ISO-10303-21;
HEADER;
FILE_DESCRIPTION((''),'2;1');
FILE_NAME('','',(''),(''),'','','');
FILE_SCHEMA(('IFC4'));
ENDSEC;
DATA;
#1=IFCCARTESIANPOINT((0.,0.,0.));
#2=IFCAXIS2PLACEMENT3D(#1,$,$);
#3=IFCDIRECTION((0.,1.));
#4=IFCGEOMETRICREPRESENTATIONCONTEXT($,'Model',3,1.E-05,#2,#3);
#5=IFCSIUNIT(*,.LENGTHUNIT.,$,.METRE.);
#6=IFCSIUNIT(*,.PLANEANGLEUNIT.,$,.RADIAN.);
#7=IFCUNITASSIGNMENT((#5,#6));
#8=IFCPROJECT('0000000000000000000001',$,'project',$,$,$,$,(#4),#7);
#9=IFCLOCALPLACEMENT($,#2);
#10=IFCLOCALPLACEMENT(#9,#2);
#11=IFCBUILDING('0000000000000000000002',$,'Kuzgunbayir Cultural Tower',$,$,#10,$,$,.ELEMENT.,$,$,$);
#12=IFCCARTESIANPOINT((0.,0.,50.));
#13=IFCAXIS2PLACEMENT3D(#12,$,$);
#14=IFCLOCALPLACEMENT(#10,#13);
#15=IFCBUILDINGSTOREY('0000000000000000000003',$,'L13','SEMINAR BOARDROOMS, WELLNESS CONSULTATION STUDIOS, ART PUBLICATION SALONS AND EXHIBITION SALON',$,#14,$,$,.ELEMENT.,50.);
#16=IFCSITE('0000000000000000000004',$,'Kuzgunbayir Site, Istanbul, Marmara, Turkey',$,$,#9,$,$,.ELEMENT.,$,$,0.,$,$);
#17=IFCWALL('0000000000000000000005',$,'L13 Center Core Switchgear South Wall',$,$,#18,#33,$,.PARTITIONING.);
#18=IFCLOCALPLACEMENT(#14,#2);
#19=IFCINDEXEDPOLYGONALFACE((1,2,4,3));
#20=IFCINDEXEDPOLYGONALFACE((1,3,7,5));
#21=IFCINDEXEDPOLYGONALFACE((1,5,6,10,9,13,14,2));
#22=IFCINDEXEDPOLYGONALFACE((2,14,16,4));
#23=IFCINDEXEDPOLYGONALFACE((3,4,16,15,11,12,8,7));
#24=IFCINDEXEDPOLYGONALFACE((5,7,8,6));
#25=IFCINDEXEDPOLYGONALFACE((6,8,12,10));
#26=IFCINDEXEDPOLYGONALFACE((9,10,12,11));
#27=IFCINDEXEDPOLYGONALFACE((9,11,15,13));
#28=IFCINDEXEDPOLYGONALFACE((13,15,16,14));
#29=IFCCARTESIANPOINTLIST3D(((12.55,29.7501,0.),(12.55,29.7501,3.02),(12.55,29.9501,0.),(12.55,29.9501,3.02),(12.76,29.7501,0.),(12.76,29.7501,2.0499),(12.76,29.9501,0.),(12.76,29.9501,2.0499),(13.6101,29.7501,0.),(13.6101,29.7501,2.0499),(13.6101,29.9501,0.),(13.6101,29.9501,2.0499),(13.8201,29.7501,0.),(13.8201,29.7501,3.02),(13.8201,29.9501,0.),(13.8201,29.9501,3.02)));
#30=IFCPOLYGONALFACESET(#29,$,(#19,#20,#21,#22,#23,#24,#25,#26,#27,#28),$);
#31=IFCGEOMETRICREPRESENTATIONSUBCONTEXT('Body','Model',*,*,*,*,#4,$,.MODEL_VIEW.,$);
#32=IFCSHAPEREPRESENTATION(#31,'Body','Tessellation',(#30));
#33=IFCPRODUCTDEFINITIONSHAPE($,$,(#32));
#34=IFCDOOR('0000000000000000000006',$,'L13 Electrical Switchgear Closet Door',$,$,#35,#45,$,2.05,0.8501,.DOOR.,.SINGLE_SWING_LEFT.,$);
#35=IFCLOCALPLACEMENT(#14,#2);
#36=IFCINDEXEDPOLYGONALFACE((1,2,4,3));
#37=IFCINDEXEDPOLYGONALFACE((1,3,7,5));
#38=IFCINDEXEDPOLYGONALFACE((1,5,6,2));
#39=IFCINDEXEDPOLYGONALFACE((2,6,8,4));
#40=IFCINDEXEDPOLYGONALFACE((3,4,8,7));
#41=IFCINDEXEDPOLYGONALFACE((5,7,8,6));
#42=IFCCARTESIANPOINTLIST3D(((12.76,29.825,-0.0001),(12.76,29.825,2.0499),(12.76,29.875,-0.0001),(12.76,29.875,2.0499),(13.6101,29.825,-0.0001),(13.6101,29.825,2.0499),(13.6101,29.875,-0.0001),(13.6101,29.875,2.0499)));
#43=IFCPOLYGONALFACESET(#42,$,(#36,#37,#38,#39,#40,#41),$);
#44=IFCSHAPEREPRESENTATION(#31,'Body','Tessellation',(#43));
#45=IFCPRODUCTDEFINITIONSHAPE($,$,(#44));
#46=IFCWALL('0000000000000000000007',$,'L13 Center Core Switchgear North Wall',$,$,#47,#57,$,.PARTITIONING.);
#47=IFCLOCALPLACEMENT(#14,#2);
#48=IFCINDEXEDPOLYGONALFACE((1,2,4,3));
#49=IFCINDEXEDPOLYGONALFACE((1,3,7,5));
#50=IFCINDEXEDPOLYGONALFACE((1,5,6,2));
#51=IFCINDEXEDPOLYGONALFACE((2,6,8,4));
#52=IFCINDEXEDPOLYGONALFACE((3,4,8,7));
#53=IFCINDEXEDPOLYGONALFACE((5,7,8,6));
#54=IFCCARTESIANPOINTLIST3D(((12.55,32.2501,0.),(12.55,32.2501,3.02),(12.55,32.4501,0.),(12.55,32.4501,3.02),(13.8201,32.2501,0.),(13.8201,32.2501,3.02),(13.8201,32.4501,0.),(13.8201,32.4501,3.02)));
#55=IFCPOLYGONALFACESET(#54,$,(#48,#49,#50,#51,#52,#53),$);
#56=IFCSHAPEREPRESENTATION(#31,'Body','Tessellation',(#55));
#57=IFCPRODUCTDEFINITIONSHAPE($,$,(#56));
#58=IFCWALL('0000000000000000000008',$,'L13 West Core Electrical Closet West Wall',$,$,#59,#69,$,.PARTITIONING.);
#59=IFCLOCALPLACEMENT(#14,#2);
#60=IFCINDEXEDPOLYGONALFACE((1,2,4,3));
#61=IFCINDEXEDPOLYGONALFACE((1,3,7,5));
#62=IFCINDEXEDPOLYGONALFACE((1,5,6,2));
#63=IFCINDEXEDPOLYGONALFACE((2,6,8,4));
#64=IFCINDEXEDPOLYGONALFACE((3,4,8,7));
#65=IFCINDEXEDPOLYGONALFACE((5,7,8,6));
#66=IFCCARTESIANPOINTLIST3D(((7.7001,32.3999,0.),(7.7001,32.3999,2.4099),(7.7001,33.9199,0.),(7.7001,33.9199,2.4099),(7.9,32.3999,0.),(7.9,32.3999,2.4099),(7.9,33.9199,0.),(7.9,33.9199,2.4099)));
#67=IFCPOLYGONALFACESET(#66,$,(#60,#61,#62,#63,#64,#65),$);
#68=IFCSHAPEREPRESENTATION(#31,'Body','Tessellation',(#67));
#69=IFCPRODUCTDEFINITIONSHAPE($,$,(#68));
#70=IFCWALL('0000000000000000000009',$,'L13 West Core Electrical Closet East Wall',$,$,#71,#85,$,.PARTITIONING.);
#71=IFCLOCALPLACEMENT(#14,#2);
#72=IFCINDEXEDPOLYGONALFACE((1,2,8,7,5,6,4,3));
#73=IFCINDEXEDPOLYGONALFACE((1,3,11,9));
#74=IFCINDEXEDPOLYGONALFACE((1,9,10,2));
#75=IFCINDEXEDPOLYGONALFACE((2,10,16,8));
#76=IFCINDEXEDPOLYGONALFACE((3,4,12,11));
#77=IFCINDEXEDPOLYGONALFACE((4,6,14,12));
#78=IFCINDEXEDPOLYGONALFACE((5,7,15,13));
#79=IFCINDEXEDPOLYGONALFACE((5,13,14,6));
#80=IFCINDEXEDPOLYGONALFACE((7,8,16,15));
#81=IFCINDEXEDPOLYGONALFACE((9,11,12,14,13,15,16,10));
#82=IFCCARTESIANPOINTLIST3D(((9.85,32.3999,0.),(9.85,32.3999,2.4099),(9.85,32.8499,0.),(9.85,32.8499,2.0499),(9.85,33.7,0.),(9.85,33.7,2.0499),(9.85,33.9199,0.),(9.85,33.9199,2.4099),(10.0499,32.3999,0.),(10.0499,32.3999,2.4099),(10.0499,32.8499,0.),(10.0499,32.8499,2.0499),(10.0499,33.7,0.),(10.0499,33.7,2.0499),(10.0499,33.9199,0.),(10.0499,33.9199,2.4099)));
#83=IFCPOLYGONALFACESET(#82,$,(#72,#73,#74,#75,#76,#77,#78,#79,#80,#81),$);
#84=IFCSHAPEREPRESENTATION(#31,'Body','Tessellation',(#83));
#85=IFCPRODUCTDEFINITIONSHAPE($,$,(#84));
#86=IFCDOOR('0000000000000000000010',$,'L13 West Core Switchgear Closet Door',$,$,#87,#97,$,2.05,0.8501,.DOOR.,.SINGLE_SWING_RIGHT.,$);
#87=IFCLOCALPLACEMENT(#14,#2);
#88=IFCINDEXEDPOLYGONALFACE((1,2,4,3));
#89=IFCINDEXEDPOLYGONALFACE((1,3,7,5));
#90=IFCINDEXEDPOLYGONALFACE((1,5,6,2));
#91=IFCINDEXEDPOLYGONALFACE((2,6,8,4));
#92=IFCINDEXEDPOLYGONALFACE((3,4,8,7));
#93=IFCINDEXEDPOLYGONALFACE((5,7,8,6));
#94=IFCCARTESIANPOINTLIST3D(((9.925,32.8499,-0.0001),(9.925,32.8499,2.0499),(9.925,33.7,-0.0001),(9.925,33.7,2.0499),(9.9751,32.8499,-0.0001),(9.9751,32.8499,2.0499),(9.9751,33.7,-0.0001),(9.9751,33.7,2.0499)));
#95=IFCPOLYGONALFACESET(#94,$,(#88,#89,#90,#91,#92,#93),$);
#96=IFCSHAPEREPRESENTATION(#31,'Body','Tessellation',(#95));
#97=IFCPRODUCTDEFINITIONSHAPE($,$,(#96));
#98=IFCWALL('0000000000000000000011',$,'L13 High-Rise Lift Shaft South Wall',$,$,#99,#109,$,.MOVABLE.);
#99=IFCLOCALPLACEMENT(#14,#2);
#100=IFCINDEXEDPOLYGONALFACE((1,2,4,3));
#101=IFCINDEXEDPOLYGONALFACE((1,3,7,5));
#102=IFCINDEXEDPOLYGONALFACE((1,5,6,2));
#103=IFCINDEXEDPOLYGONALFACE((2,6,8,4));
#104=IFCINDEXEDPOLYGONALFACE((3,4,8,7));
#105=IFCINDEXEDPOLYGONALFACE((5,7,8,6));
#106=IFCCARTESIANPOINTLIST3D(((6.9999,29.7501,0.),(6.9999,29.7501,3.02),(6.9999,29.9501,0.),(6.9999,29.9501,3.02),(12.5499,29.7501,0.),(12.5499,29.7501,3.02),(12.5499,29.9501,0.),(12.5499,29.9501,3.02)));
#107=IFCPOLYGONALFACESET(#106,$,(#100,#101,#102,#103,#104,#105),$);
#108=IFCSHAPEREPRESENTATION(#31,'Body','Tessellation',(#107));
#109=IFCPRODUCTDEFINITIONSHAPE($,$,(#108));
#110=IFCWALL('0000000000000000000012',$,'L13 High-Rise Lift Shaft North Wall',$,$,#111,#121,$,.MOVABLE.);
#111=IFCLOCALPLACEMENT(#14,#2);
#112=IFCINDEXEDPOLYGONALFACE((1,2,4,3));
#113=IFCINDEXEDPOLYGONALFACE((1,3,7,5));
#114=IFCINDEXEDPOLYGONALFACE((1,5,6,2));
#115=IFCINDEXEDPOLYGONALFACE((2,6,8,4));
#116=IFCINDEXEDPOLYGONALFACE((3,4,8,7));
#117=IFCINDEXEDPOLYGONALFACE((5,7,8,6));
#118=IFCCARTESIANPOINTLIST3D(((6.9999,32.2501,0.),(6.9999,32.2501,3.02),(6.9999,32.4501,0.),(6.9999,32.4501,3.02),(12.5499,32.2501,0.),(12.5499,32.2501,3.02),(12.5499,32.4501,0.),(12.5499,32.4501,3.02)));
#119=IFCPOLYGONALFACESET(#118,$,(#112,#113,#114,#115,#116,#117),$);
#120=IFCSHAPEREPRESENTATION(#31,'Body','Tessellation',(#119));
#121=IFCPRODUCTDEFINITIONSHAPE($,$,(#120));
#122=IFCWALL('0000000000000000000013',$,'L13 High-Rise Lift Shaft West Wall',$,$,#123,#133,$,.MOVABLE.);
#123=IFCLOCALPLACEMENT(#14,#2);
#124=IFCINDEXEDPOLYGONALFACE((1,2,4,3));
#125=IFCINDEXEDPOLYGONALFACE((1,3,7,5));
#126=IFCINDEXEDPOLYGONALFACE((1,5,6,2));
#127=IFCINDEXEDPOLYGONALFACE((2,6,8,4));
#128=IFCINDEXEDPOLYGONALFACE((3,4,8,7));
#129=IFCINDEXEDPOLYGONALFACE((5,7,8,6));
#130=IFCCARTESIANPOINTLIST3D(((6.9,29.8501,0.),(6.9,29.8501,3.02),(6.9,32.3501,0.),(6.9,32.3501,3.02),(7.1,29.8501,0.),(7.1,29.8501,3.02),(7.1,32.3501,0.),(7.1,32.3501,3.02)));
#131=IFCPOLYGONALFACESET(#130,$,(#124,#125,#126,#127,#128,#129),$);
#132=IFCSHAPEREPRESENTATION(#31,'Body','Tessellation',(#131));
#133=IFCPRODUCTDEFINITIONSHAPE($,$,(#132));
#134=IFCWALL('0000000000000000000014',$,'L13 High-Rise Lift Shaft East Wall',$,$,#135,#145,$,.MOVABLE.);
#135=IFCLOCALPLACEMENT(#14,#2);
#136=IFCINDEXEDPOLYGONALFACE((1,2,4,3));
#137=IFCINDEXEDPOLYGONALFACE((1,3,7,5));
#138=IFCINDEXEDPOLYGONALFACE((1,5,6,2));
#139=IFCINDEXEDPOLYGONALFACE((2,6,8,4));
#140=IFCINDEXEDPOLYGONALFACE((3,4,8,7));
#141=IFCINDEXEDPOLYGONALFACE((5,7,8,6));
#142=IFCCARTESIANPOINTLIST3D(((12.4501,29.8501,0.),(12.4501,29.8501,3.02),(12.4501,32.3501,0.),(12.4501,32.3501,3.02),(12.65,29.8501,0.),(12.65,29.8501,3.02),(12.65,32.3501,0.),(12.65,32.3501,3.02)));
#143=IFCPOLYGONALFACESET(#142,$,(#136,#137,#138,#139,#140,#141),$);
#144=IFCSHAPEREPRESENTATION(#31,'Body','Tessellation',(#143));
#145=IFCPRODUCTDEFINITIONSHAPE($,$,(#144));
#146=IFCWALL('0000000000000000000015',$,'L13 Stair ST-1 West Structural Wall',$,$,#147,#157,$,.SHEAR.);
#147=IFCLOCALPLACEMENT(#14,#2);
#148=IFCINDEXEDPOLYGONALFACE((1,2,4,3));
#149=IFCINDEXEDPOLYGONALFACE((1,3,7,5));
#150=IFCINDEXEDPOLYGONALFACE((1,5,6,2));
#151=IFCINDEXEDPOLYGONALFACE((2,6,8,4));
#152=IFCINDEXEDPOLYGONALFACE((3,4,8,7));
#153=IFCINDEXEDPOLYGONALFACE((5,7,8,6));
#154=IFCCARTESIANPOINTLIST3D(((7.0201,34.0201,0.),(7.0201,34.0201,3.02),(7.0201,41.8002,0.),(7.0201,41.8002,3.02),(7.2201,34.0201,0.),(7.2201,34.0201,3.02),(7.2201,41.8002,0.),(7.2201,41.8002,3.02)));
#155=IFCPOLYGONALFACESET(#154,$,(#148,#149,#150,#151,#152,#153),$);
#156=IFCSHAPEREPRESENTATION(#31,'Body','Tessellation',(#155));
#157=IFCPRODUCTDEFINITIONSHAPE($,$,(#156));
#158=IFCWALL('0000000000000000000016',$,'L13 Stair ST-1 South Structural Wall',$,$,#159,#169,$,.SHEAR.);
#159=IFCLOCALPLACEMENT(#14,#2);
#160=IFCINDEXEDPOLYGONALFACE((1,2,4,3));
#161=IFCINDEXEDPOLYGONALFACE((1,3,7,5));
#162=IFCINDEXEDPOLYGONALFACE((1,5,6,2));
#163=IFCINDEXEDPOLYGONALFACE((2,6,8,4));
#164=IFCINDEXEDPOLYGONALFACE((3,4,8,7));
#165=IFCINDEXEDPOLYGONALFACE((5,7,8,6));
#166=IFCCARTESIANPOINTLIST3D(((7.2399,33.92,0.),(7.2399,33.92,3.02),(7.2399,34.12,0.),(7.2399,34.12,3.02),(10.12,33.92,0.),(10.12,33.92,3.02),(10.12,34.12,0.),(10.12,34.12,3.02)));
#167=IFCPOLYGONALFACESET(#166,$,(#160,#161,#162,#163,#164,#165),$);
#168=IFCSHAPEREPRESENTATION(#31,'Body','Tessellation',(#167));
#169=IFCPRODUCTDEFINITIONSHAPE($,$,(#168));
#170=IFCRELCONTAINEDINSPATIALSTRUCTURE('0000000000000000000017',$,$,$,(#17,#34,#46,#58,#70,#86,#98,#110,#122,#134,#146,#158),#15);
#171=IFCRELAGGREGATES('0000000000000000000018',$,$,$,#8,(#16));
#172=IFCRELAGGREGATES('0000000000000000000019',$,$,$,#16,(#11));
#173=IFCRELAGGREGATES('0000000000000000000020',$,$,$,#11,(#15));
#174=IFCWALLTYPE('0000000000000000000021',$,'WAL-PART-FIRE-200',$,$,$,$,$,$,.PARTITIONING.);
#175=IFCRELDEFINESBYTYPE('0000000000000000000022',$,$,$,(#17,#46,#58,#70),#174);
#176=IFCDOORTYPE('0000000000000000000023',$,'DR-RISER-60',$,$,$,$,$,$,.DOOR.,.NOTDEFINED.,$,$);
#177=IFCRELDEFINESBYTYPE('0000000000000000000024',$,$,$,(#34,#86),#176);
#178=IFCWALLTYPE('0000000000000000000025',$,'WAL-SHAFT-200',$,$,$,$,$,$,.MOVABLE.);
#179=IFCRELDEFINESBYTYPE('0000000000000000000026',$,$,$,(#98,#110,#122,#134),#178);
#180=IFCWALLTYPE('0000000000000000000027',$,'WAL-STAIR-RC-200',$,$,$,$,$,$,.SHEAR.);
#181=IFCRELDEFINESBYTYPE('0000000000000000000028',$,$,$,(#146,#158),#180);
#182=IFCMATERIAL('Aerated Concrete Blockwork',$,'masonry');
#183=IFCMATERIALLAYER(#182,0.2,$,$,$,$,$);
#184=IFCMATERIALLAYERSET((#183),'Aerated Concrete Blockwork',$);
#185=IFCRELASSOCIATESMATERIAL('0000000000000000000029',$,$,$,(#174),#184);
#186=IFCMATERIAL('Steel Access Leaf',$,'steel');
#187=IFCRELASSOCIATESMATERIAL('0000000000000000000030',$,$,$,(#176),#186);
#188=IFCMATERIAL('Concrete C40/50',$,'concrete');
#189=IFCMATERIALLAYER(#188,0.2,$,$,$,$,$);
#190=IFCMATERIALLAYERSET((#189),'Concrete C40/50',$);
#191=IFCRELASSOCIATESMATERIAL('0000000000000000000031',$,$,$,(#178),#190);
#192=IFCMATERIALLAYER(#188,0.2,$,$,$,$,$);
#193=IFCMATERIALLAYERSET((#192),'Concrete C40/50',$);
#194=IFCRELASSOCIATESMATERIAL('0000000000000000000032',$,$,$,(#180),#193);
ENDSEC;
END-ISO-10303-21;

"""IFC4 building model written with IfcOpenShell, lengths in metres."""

from ifc_helpers import new_model, si_unit, direction, frame, frame_2d, origin, place, context, subcontext, project, spatial, rectangle, extrude, material, layer, layer_set, type_object, element, fill, save


model = new_model("IFC4")

# Units and contexts
model_context = context("Model", 3, precision=1e-05, world=origin(), true_north=direction((0.0, 1.0)))
body_context = subcontext(model_context, "Body", "Model", "MODEL_VIEW")
ifc_project = project(units=[si_unit("LENGTHUNIT", "METRE"), si_unit("PLANEANGLEUNIT", "RADIAN")], contexts=[model_context])

# Site, building, storey
site_placement = place(None, origin())
site = spatial("IfcSite", under=ifc_project, at=site_placement, Name="Kuzgunbayir Site, Istanbul, Marmara, Turkey", CompositionType="ELEMENT", RefElevation=0.0)
building_placement = place(site_placement, origin())
building = spatial("IfcBuilding", under=site, at=building_placement, Name="Kuzgunbayir Cultural Tower", CompositionType="ELEMENT")
storey_placement = place(building_placement, frame((0.0, 0.0, 50.0)))
storey = spatial("IfcBuildingStorey", under=building, at=storey_placement, Name="L13", Description="SEMINAR BOARDROOMS, WELLNESS CONSULTATION STUDIOS, ART PUBLICATION SALONS AND EXHIBITION SALON", CompositionType="ELEMENT", Elevation=50.0)

# Shared definitions
ifc_material_1 = material(Name="Aerated Concrete Blockwork", Category="masonry")
ifc_layer_1 = layer(ifc_material_1, 0.2)
ifc_layer_set_1 = layer_set([ifc_layer_1], Name="Aerated Concrete Blockwork")
wall_type_1 = type_object("IfcWallType", Name="WAL-PART-FIRE-200", PredefinedType="PARTITIONING", material=ifc_layer_set_1)

# Wall, opening, door
wall_1_placement = place(storey_placement, frame((12.55, 29.8501, 0.0), z_axis=(0.0, 0.0, 1.0), x_axis=(1.0, 0.0, 0.0)))
wall_1 = element("IfcWall", 1, at=wall_1_placement, inside=storey, type_object=wall_type_1, Name="L13 Center Core Switchgear South Wall", PredefinedType="PARTITIONING", context=body_context, shape_type="SweptSolid", body=[
    extrude(rectangle(XDim=1.27, YDim=0.2, at=frame_2d((0.635, 0.0))), origin(), (0.0, 0.0, 1.0), 3.02),
])
opening_1_placement = place(wall_1_placement, frame((0.21, 0.0, 0.0)))
opening_1 = element("IfcOpeningElement", 2, at=opening_1_placement, cuts=wall_1, PredefinedType="OPENING", context=body_context, shape_type="SweptSolid", body=[
    extrude(rectangle(XDim=0.8501, YDim=2.05, at=frame_2d((0.425, 1.0249))), frame((0.0, 0.1099, 0.0), z_axis=(0.0, -1.0, 0.0), x_axis=(1.0, 0.0, 0.0)), (0.0, 0.0, 1.0), 0.22),
])
ifc_material_2 = material(Name="Steel Access Leaf", Category="steel")
door_type_1 = type_object("IfcDoorType", Name="DR-RISER-60", OperationType="NOTDEFINED", PredefinedType="DOOR", material=ifc_material_2)
door_1_placement = place(opening_1_placement, origin())
door_1 = element("IfcDoor", 3, at=door_1_placement, inside=storey, type_object=door_type_1, Name="L13 Electrical Switchgear Closet Door", OperationType="SINGLE_SWING_LEFT", OverallHeight=2.05, OverallWidth=0.8501, PredefinedType="DOOR", context=body_context, shape_type="SweptSolid", body=[
    extrude(rectangle(XDim=0.8501, YDim=2.05, at=frame_2d((0.425, 1.0249))), frame((0.0, 0.0249, 0.0), z_axis=(0.0, -1.0, 0.0), x_axis=(1.0, 0.0, 0.0)), (0.0, 0.0, 1.0), 0.05),
])
fill(opening_1, door_1)

# Walls
wall_2_placement = place(storey_placement, frame((12.55, 32.3501, 0.0), z_axis=(0.0, 0.0, 1.0), x_axis=(1.0, 0.0, 0.0)))
element("IfcWall", 4, at=wall_2_placement, inside=storey, type_object=wall_type_1, Name="L13 Center Core Switchgear North Wall", PredefinedType="PARTITIONING", context=body_context, shape_type="SweptSolid", body=[
    extrude(rectangle(XDim=1.27, YDim=0.2, at=frame_2d((0.635, 0.0))), origin(), (0.0, 0.0, 1.0), 3.02),
])
wall_3_placement = place(storey_placement, frame((7.8, 32.3999, 0.0), z_axis=(0.0, 0.0, 1.0), x_axis=(0.0, 1.0, 0.0)))
element("IfcWall", 5, at=wall_3_placement, inside=storey, type_object=wall_type_1, Name="L13 West Core Electrical Closet West Wall", PredefinedType="PARTITIONING", context=body_context, shape_type="SweptSolid", body=[
    extrude(rectangle(XDim=1.52, YDim=0.2, at=frame_2d((0.76, 0.0))), origin(), (0.0, 0.0, 1.0), 2.4099),
])

# Wall, opening, door
wall_4_placement = place(storey_placement, frame((9.95, 32.3999, 0.0), z_axis=(0.0, 0.0, 1.0), x_axis=(0.0, 1.0, 0.0)))
wall_4 = element("IfcWall", 6, at=wall_4_placement, inside=storey, type_object=wall_type_1, Name="L13 West Core Electrical Closet East Wall", PredefinedType="PARTITIONING", context=body_context, shape_type="SweptSolid", body=[
    extrude(rectangle(XDim=1.52, YDim=0.2, at=frame_2d((0.76, 0.0))), origin(), (0.0, 0.0, 1.0), 2.4099),
])
opening_2_placement = place(wall_4_placement, frame((0.45, 0.0, 0.0)))
opening_2 = element("IfcOpeningElement", 7, at=opening_2_placement, cuts=wall_4, PredefinedType="OPENING", context=body_context, shape_type="SweptSolid", body=[
    extrude(rectangle(XDim=0.8501, YDim=2.05, at=frame_2d((0.425, 1.0249))), frame((0.0, 0.1099, 0.0), z_axis=(0.0, -1.0, 0.0), x_axis=(1.0, 0.0, 0.0)), (0.0, 0.0, 1.0), 0.22),
])
door_2_placement = place(opening_2_placement, origin())
door_2 = element("IfcDoor", 8, at=door_2_placement, inside=storey, type_object=door_type_1, Name="L13 West Core Switchgear Closet Door", OperationType="SINGLE_SWING_RIGHT", OverallHeight=2.05, OverallWidth=0.8501, PredefinedType="DOOR", context=body_context, shape_type="SweptSolid", body=[
    extrude(rectangle(XDim=0.8501, YDim=2.05, at=frame_2d((0.425, 1.0249))), frame((0.0, 0.0249, 0.0), z_axis=(0.0, -1.0, 0.0), x_axis=(1.0, 0.0, 0.0)), (0.0, 0.0, 1.0), 0.05),
])
fill(opening_2, door_2)

# Walls
ifc_material_3 = material(Name="Concrete C40/50", Category="concrete")
ifc_layer_2 = layer(ifc_material_3, 0.2)
ifc_layer_set_2 = layer_set([ifc_layer_2], Name="Concrete C40/50")
wall_type_2 = type_object("IfcWallType", Name="WAL-SHAFT-200", PredefinedType="MOVABLE", material=ifc_layer_set_2)
for number, where, z_axis, x_axis, name in (
    (9, (7.0, 29.8501, 0.0), (0.0, 0.0, 1.0), (1.0, 0.0, 0.0), "L13 High-Rise Lift Shaft South Wall"),
    (10, (7.0, 32.3501, 0.0), (0.0, 0.0, 1.0), (1.0, 0.0, 0.0), "L13 High-Rise Lift Shaft North Wall"),
):
    element("IfcWall", number, at=place(storey_placement, frame(where, z_axis=z_axis, x_axis=x_axis)), inside=storey, type_object=wall_type_2, Name=name, PredefinedType="MOVABLE", context=body_context, shape_type="SweptSolid", body=[
        extrude(rectangle(XDim=5.55, YDim=0.2, at=frame_2d((2.7749, 0.0))), origin(), (0.0, 0.0, 1.0), 3.02),
    ])
for number, where, z_axis, x_axis, name in (
    (11, (7.0, 29.8501, 0.0), (0.0, 0.0, 1.0), (0.0, 1.0, 0.0), "L13 High-Rise Lift Shaft West Wall"),
    (12, (12.55, 29.8501, 0.0), (0.0, 0.0, 1.0), (0.0, 1.0, 0.0), "L13 High-Rise Lift Shaft East Wall"),
):
    element("IfcWall", number, at=place(storey_placement, frame(where, z_axis=z_axis, x_axis=x_axis)), inside=storey, type_object=wall_type_2, Name=name, PredefinedType="MOVABLE", context=body_context, shape_type="SweptSolid", body=[
        extrude(rectangle(XDim=2.5, YDim=0.2, at=frame_2d((1.25, 0.0))), origin(), (0.0, 0.0, 1.0), 3.02),
    ])
ifc_layer_3 = layer(ifc_material_3, 0.2)
ifc_layer_set_3 = layer_set([ifc_layer_3], Name="Concrete C40/50")
wall_type_3 = type_object("IfcWallType", Name="WAL-STAIR-RC-200", PredefinedType="SHEAR", material=ifc_layer_set_3)
wall_5_placement = place(storey_placement, frame((7.1201, 34.02, 0.0), z_axis=(0.0, 0.0, 1.0), x_axis=(0.0, 1.0, 0.0)))
element("IfcWall", 13, at=wall_5_placement, inside=storey, type_object=wall_type_3, Name="L13 Stair ST-1 West Structural Wall", PredefinedType="SHEAR", context=body_context, shape_type="SweptSolid", body=[
    extrude(rectangle(XDim=7.78, YDim=0.2, at=frame_2d((3.8901, 0.0))), origin(), (0.0, 0.0, 1.0), 3.02),
])
wall_6_placement = place(storey_placement, frame((7.24, 34.02, 0.0), z_axis=(0.0, 0.0, 1.0), x_axis=(1.0, 0.0, 0.0)))
element("IfcWall", 14, at=wall_6_placement, inside=storey, type_object=wall_type_3, Name="L13 Stair ST-1 South Structural Wall", PredefinedType="SHEAR", context=body_context, shape_type="SweptSolid", body=[
    extrude(rectangle(XDim=2.8801, YDim=0.2, at=frame_2d((1.4399, 0.0))), origin(), (0.0, 0.0, 1.0), 3.02),
])

save(model, "model.ifc")
